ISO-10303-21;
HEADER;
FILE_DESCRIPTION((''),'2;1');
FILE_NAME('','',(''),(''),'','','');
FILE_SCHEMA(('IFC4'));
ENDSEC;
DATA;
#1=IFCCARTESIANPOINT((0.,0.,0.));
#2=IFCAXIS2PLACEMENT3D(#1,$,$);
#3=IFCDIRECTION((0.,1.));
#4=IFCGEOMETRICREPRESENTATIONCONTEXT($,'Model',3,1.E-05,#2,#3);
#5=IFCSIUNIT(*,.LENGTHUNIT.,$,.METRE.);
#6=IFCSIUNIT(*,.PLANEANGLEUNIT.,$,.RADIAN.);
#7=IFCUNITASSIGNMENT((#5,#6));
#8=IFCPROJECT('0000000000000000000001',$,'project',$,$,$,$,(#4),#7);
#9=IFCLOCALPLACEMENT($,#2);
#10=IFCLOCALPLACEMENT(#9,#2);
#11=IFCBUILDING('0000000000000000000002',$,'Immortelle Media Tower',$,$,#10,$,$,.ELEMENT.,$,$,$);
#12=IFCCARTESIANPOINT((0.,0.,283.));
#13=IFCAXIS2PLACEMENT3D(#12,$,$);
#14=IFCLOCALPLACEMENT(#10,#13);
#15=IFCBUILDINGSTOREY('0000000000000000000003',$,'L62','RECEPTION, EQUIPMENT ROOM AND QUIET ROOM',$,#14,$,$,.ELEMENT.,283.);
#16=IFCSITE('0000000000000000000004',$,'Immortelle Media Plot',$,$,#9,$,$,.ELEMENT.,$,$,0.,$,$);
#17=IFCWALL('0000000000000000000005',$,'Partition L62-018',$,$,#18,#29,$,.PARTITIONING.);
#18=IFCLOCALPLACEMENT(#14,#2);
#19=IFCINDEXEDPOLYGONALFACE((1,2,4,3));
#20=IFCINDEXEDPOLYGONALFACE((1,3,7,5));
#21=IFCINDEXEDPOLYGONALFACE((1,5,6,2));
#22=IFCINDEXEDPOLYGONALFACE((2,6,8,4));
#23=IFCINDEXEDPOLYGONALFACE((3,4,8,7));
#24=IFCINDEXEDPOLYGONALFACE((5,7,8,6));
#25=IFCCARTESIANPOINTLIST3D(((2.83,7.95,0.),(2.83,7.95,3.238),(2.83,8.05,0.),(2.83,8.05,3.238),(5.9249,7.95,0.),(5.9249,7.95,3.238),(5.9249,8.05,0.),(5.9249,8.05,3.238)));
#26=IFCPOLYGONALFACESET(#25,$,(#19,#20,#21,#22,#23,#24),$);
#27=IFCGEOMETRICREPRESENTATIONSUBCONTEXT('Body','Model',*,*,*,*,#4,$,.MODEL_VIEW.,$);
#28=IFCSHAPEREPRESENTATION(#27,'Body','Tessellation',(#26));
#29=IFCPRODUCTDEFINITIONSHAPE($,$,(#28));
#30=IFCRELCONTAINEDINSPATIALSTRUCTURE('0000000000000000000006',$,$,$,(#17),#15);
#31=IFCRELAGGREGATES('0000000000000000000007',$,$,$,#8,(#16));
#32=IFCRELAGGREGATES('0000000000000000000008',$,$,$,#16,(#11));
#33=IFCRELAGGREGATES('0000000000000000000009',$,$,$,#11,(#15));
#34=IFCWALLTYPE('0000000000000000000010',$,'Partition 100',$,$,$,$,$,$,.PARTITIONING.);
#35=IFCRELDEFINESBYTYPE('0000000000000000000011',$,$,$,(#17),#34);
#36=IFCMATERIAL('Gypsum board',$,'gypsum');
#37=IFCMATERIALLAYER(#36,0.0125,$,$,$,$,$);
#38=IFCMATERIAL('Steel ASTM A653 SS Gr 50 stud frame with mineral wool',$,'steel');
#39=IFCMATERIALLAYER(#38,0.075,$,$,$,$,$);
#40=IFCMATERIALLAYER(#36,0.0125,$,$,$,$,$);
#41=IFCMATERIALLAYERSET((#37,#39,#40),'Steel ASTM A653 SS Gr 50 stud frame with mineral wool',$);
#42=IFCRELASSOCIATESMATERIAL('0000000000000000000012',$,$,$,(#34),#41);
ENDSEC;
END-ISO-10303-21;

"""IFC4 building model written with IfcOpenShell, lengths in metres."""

from ifc_helpers import new_model, si_unit, direction, frame, frame_2d, origin, place, context, subcontext, project, spatial, rectangle, extrude, material, layer, layer_set, type_object, element, save


model = new_model("IFC4")

# Units and contexts
model_context = context("Model", 3, precision=1e-05, world=origin(), true_north=direction((0.0, 1.0)))
body_context = subcontext(model_context, "Body", "Model", "MODEL_VIEW")
ifc_project = project(units=[si_unit("LENGTHUNIT", "METRE"), si_unit("PLANEANGLEUNIT", "RADIAN")], contexts=[model_context])

# Site, building, storey
site_placement = place(None, origin())
site = spatial("IfcSite", under=ifc_project, at=site_placement, Name="Immortelle Media Plot", CompositionType="ELEMENT", RefElevation=0.0)
building_placement = place(site_placement, origin())
building = spatial("IfcBuilding", under=site, at=building_placement, Name="Immortelle Media Tower", CompositionType="ELEMENT")
storey_placement = place(building_placement, frame((0.0, 0.0, 283.0)))
storey = spatial("IfcBuildingStorey", under=building, at=storey_placement, Name="L62", Description="RECEPTION, EQUIPMENT ROOM AND QUIET ROOM", CompositionType="ELEMENT", Elevation=283.0)

# Shared definitions
ifc_material_1 = material(Name="Steel ASTM A653 SS Gr 50 stud frame with mineral wool", Category="steel")

# Wall
ifc_material_2 = material(Name="Gypsum board", Category="gypsum")
ifc_layer_1 = layer(ifc_material_2, 0.0125)
ifc_layer_2 = layer(ifc_material_1, 0.075)
ifc_layer_3 = layer(ifc_material_2, 0.0125)
ifc_layer_set_1 = layer_set([ifc_layer_1, ifc_layer_2, ifc_layer_3], Name="Steel ASTM A653 SS Gr 50 stud frame with mineral wool")
wall_type_1 = type_object("IfcWallType", Name="Partition 100", PredefinedType="PARTITIONING", material=ifc_layer_set_1)
for number, where, z_axis, x_axis, name in (
    (1, (2.8301, 8.0, 0.0), (0.0, 0.0, 1.0), (1.0, 0.0, 0.0), "Partition L62-018"),
):
    element("IfcWall", number, at=place(storey_placement, frame(where, z_axis=z_axis, x_axis=x_axis)), inside=storey, type_object=wall_type_1, Name=name, PredefinedType="PARTITIONING", context=body_context, shape_type="SweptSolid", body=[
        extrude(rectangle(XDim=3.095, YDim=0.1001, at=frame_2d((1.5474, 0.0))), origin(), (0.0, 0.0, 1.0), 3.238),
    ])

save(model, "model.ifc")
